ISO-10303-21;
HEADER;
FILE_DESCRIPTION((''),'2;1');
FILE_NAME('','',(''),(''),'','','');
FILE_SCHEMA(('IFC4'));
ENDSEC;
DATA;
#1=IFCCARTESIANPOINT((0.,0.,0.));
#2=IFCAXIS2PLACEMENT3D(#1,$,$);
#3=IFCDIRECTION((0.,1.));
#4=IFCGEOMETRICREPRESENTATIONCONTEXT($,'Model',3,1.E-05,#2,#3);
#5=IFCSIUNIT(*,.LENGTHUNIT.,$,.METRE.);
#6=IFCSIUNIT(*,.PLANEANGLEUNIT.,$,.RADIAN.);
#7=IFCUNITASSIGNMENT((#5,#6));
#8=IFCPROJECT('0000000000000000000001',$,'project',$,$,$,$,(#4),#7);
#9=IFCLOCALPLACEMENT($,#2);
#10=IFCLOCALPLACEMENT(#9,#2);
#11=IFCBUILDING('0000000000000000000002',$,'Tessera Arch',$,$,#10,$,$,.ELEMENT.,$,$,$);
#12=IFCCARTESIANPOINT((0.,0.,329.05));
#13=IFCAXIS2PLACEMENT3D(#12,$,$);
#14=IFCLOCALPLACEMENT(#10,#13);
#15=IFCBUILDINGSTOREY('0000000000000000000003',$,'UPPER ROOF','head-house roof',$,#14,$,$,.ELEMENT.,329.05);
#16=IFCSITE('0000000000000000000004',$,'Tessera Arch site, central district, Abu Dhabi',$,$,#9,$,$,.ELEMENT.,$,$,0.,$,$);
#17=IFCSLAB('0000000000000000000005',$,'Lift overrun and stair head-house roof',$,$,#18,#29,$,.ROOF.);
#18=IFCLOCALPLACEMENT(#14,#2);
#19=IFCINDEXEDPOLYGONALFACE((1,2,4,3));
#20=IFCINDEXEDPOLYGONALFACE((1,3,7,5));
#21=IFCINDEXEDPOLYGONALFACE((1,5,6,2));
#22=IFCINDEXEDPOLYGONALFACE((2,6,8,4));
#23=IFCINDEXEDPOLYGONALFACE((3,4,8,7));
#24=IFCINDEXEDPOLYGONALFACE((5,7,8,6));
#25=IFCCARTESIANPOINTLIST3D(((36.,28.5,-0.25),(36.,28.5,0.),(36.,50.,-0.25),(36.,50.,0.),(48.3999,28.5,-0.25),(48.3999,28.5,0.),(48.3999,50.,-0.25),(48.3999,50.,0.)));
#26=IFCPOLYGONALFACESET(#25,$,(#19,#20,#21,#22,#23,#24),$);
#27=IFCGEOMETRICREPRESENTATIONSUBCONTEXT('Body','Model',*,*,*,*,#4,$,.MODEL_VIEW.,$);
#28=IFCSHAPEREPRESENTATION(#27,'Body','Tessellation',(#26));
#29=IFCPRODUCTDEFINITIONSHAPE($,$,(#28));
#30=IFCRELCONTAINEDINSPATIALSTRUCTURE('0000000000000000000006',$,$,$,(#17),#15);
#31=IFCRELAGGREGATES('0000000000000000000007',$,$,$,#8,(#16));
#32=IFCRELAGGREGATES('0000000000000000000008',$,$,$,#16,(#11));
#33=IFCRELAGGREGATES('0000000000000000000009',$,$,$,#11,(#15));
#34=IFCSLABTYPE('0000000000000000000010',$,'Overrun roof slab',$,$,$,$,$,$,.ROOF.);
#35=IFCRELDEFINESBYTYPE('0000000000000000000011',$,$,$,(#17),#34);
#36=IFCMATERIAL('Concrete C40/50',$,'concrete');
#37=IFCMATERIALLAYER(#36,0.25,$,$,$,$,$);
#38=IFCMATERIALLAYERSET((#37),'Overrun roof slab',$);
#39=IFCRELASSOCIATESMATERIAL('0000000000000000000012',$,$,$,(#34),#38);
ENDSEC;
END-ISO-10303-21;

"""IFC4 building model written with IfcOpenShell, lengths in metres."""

from ifc_helpers import new_model, si_unit, direction, frame, origin, place, context, subcontext, project, spatial, polyline, outline, extrude, material, layer, layer_set, type_object, element, save


model = new_model("IFC4")

# Units and contexts
model_context = context("Model", 3, precision=1e-05, world=origin(), true_north=direction((0.0, 1.0)))
body_context = subcontext(model_context, "Body", "Model", "MODEL_VIEW")
ifc_project = project(units=[si_unit("LENGTHUNIT", "METRE"), si_unit("PLANEANGLEUNIT", "RADIAN")], contexts=[model_context])

# Site, building, storey
site_placement = place(None, origin())
site = spatial("IfcSite", under=ifc_project, at=site_placement, Name="Tessera Arch site, central district, Abu Dhabi", CompositionType="ELEMENT", RefElevation=0.0)
building_placement = place(site_placement, origin())
building = spatial("IfcBuilding", under=site, at=building_placement, Name="Tessera Arch", CompositionType="ELEMENT")
storey_placement = place(building_placement, frame((0.0, 0.0, 329.05)))
storey = spatial("IfcBuildingStorey", under=building, at=storey_placement, Name="UPPER ROOF", Description="head-house roof", CompositionType="ELEMENT", Elevation=329.05)

# Slab
ifc_material_1 = material(Name="Concrete C40/50", Category="concrete")
ifc_layer = layer(ifc_material_1, 0.25)
ifc_layer_set = layer_set([ifc_layer], Name="Overrun roof slab")
slab_type = type_object("IfcSlabType", Name="Overrun roof slab", PredefinedType="ROOF", material=ifc_layer_set)
slab_placement = place(storey_placement, frame((0.0, 0.0, -0.25)))
element("IfcSlab", 1, at=slab_placement, inside=storey, type_object=slab_type, Name="Lift overrun and stair head-house roof", PredefinedType="ROOF", context=body_context, shape_type="SweptSolid", body=[
    extrude(outline(polyline([(36.0, 28.5), (48.3999, 28.5), (48.3999, 50.0), (36.0, 50.0), (36.0, 28.5)])), origin(), (0.0, 0.0, 1.0), 0.25),
])

save(model, "model.ifc")
